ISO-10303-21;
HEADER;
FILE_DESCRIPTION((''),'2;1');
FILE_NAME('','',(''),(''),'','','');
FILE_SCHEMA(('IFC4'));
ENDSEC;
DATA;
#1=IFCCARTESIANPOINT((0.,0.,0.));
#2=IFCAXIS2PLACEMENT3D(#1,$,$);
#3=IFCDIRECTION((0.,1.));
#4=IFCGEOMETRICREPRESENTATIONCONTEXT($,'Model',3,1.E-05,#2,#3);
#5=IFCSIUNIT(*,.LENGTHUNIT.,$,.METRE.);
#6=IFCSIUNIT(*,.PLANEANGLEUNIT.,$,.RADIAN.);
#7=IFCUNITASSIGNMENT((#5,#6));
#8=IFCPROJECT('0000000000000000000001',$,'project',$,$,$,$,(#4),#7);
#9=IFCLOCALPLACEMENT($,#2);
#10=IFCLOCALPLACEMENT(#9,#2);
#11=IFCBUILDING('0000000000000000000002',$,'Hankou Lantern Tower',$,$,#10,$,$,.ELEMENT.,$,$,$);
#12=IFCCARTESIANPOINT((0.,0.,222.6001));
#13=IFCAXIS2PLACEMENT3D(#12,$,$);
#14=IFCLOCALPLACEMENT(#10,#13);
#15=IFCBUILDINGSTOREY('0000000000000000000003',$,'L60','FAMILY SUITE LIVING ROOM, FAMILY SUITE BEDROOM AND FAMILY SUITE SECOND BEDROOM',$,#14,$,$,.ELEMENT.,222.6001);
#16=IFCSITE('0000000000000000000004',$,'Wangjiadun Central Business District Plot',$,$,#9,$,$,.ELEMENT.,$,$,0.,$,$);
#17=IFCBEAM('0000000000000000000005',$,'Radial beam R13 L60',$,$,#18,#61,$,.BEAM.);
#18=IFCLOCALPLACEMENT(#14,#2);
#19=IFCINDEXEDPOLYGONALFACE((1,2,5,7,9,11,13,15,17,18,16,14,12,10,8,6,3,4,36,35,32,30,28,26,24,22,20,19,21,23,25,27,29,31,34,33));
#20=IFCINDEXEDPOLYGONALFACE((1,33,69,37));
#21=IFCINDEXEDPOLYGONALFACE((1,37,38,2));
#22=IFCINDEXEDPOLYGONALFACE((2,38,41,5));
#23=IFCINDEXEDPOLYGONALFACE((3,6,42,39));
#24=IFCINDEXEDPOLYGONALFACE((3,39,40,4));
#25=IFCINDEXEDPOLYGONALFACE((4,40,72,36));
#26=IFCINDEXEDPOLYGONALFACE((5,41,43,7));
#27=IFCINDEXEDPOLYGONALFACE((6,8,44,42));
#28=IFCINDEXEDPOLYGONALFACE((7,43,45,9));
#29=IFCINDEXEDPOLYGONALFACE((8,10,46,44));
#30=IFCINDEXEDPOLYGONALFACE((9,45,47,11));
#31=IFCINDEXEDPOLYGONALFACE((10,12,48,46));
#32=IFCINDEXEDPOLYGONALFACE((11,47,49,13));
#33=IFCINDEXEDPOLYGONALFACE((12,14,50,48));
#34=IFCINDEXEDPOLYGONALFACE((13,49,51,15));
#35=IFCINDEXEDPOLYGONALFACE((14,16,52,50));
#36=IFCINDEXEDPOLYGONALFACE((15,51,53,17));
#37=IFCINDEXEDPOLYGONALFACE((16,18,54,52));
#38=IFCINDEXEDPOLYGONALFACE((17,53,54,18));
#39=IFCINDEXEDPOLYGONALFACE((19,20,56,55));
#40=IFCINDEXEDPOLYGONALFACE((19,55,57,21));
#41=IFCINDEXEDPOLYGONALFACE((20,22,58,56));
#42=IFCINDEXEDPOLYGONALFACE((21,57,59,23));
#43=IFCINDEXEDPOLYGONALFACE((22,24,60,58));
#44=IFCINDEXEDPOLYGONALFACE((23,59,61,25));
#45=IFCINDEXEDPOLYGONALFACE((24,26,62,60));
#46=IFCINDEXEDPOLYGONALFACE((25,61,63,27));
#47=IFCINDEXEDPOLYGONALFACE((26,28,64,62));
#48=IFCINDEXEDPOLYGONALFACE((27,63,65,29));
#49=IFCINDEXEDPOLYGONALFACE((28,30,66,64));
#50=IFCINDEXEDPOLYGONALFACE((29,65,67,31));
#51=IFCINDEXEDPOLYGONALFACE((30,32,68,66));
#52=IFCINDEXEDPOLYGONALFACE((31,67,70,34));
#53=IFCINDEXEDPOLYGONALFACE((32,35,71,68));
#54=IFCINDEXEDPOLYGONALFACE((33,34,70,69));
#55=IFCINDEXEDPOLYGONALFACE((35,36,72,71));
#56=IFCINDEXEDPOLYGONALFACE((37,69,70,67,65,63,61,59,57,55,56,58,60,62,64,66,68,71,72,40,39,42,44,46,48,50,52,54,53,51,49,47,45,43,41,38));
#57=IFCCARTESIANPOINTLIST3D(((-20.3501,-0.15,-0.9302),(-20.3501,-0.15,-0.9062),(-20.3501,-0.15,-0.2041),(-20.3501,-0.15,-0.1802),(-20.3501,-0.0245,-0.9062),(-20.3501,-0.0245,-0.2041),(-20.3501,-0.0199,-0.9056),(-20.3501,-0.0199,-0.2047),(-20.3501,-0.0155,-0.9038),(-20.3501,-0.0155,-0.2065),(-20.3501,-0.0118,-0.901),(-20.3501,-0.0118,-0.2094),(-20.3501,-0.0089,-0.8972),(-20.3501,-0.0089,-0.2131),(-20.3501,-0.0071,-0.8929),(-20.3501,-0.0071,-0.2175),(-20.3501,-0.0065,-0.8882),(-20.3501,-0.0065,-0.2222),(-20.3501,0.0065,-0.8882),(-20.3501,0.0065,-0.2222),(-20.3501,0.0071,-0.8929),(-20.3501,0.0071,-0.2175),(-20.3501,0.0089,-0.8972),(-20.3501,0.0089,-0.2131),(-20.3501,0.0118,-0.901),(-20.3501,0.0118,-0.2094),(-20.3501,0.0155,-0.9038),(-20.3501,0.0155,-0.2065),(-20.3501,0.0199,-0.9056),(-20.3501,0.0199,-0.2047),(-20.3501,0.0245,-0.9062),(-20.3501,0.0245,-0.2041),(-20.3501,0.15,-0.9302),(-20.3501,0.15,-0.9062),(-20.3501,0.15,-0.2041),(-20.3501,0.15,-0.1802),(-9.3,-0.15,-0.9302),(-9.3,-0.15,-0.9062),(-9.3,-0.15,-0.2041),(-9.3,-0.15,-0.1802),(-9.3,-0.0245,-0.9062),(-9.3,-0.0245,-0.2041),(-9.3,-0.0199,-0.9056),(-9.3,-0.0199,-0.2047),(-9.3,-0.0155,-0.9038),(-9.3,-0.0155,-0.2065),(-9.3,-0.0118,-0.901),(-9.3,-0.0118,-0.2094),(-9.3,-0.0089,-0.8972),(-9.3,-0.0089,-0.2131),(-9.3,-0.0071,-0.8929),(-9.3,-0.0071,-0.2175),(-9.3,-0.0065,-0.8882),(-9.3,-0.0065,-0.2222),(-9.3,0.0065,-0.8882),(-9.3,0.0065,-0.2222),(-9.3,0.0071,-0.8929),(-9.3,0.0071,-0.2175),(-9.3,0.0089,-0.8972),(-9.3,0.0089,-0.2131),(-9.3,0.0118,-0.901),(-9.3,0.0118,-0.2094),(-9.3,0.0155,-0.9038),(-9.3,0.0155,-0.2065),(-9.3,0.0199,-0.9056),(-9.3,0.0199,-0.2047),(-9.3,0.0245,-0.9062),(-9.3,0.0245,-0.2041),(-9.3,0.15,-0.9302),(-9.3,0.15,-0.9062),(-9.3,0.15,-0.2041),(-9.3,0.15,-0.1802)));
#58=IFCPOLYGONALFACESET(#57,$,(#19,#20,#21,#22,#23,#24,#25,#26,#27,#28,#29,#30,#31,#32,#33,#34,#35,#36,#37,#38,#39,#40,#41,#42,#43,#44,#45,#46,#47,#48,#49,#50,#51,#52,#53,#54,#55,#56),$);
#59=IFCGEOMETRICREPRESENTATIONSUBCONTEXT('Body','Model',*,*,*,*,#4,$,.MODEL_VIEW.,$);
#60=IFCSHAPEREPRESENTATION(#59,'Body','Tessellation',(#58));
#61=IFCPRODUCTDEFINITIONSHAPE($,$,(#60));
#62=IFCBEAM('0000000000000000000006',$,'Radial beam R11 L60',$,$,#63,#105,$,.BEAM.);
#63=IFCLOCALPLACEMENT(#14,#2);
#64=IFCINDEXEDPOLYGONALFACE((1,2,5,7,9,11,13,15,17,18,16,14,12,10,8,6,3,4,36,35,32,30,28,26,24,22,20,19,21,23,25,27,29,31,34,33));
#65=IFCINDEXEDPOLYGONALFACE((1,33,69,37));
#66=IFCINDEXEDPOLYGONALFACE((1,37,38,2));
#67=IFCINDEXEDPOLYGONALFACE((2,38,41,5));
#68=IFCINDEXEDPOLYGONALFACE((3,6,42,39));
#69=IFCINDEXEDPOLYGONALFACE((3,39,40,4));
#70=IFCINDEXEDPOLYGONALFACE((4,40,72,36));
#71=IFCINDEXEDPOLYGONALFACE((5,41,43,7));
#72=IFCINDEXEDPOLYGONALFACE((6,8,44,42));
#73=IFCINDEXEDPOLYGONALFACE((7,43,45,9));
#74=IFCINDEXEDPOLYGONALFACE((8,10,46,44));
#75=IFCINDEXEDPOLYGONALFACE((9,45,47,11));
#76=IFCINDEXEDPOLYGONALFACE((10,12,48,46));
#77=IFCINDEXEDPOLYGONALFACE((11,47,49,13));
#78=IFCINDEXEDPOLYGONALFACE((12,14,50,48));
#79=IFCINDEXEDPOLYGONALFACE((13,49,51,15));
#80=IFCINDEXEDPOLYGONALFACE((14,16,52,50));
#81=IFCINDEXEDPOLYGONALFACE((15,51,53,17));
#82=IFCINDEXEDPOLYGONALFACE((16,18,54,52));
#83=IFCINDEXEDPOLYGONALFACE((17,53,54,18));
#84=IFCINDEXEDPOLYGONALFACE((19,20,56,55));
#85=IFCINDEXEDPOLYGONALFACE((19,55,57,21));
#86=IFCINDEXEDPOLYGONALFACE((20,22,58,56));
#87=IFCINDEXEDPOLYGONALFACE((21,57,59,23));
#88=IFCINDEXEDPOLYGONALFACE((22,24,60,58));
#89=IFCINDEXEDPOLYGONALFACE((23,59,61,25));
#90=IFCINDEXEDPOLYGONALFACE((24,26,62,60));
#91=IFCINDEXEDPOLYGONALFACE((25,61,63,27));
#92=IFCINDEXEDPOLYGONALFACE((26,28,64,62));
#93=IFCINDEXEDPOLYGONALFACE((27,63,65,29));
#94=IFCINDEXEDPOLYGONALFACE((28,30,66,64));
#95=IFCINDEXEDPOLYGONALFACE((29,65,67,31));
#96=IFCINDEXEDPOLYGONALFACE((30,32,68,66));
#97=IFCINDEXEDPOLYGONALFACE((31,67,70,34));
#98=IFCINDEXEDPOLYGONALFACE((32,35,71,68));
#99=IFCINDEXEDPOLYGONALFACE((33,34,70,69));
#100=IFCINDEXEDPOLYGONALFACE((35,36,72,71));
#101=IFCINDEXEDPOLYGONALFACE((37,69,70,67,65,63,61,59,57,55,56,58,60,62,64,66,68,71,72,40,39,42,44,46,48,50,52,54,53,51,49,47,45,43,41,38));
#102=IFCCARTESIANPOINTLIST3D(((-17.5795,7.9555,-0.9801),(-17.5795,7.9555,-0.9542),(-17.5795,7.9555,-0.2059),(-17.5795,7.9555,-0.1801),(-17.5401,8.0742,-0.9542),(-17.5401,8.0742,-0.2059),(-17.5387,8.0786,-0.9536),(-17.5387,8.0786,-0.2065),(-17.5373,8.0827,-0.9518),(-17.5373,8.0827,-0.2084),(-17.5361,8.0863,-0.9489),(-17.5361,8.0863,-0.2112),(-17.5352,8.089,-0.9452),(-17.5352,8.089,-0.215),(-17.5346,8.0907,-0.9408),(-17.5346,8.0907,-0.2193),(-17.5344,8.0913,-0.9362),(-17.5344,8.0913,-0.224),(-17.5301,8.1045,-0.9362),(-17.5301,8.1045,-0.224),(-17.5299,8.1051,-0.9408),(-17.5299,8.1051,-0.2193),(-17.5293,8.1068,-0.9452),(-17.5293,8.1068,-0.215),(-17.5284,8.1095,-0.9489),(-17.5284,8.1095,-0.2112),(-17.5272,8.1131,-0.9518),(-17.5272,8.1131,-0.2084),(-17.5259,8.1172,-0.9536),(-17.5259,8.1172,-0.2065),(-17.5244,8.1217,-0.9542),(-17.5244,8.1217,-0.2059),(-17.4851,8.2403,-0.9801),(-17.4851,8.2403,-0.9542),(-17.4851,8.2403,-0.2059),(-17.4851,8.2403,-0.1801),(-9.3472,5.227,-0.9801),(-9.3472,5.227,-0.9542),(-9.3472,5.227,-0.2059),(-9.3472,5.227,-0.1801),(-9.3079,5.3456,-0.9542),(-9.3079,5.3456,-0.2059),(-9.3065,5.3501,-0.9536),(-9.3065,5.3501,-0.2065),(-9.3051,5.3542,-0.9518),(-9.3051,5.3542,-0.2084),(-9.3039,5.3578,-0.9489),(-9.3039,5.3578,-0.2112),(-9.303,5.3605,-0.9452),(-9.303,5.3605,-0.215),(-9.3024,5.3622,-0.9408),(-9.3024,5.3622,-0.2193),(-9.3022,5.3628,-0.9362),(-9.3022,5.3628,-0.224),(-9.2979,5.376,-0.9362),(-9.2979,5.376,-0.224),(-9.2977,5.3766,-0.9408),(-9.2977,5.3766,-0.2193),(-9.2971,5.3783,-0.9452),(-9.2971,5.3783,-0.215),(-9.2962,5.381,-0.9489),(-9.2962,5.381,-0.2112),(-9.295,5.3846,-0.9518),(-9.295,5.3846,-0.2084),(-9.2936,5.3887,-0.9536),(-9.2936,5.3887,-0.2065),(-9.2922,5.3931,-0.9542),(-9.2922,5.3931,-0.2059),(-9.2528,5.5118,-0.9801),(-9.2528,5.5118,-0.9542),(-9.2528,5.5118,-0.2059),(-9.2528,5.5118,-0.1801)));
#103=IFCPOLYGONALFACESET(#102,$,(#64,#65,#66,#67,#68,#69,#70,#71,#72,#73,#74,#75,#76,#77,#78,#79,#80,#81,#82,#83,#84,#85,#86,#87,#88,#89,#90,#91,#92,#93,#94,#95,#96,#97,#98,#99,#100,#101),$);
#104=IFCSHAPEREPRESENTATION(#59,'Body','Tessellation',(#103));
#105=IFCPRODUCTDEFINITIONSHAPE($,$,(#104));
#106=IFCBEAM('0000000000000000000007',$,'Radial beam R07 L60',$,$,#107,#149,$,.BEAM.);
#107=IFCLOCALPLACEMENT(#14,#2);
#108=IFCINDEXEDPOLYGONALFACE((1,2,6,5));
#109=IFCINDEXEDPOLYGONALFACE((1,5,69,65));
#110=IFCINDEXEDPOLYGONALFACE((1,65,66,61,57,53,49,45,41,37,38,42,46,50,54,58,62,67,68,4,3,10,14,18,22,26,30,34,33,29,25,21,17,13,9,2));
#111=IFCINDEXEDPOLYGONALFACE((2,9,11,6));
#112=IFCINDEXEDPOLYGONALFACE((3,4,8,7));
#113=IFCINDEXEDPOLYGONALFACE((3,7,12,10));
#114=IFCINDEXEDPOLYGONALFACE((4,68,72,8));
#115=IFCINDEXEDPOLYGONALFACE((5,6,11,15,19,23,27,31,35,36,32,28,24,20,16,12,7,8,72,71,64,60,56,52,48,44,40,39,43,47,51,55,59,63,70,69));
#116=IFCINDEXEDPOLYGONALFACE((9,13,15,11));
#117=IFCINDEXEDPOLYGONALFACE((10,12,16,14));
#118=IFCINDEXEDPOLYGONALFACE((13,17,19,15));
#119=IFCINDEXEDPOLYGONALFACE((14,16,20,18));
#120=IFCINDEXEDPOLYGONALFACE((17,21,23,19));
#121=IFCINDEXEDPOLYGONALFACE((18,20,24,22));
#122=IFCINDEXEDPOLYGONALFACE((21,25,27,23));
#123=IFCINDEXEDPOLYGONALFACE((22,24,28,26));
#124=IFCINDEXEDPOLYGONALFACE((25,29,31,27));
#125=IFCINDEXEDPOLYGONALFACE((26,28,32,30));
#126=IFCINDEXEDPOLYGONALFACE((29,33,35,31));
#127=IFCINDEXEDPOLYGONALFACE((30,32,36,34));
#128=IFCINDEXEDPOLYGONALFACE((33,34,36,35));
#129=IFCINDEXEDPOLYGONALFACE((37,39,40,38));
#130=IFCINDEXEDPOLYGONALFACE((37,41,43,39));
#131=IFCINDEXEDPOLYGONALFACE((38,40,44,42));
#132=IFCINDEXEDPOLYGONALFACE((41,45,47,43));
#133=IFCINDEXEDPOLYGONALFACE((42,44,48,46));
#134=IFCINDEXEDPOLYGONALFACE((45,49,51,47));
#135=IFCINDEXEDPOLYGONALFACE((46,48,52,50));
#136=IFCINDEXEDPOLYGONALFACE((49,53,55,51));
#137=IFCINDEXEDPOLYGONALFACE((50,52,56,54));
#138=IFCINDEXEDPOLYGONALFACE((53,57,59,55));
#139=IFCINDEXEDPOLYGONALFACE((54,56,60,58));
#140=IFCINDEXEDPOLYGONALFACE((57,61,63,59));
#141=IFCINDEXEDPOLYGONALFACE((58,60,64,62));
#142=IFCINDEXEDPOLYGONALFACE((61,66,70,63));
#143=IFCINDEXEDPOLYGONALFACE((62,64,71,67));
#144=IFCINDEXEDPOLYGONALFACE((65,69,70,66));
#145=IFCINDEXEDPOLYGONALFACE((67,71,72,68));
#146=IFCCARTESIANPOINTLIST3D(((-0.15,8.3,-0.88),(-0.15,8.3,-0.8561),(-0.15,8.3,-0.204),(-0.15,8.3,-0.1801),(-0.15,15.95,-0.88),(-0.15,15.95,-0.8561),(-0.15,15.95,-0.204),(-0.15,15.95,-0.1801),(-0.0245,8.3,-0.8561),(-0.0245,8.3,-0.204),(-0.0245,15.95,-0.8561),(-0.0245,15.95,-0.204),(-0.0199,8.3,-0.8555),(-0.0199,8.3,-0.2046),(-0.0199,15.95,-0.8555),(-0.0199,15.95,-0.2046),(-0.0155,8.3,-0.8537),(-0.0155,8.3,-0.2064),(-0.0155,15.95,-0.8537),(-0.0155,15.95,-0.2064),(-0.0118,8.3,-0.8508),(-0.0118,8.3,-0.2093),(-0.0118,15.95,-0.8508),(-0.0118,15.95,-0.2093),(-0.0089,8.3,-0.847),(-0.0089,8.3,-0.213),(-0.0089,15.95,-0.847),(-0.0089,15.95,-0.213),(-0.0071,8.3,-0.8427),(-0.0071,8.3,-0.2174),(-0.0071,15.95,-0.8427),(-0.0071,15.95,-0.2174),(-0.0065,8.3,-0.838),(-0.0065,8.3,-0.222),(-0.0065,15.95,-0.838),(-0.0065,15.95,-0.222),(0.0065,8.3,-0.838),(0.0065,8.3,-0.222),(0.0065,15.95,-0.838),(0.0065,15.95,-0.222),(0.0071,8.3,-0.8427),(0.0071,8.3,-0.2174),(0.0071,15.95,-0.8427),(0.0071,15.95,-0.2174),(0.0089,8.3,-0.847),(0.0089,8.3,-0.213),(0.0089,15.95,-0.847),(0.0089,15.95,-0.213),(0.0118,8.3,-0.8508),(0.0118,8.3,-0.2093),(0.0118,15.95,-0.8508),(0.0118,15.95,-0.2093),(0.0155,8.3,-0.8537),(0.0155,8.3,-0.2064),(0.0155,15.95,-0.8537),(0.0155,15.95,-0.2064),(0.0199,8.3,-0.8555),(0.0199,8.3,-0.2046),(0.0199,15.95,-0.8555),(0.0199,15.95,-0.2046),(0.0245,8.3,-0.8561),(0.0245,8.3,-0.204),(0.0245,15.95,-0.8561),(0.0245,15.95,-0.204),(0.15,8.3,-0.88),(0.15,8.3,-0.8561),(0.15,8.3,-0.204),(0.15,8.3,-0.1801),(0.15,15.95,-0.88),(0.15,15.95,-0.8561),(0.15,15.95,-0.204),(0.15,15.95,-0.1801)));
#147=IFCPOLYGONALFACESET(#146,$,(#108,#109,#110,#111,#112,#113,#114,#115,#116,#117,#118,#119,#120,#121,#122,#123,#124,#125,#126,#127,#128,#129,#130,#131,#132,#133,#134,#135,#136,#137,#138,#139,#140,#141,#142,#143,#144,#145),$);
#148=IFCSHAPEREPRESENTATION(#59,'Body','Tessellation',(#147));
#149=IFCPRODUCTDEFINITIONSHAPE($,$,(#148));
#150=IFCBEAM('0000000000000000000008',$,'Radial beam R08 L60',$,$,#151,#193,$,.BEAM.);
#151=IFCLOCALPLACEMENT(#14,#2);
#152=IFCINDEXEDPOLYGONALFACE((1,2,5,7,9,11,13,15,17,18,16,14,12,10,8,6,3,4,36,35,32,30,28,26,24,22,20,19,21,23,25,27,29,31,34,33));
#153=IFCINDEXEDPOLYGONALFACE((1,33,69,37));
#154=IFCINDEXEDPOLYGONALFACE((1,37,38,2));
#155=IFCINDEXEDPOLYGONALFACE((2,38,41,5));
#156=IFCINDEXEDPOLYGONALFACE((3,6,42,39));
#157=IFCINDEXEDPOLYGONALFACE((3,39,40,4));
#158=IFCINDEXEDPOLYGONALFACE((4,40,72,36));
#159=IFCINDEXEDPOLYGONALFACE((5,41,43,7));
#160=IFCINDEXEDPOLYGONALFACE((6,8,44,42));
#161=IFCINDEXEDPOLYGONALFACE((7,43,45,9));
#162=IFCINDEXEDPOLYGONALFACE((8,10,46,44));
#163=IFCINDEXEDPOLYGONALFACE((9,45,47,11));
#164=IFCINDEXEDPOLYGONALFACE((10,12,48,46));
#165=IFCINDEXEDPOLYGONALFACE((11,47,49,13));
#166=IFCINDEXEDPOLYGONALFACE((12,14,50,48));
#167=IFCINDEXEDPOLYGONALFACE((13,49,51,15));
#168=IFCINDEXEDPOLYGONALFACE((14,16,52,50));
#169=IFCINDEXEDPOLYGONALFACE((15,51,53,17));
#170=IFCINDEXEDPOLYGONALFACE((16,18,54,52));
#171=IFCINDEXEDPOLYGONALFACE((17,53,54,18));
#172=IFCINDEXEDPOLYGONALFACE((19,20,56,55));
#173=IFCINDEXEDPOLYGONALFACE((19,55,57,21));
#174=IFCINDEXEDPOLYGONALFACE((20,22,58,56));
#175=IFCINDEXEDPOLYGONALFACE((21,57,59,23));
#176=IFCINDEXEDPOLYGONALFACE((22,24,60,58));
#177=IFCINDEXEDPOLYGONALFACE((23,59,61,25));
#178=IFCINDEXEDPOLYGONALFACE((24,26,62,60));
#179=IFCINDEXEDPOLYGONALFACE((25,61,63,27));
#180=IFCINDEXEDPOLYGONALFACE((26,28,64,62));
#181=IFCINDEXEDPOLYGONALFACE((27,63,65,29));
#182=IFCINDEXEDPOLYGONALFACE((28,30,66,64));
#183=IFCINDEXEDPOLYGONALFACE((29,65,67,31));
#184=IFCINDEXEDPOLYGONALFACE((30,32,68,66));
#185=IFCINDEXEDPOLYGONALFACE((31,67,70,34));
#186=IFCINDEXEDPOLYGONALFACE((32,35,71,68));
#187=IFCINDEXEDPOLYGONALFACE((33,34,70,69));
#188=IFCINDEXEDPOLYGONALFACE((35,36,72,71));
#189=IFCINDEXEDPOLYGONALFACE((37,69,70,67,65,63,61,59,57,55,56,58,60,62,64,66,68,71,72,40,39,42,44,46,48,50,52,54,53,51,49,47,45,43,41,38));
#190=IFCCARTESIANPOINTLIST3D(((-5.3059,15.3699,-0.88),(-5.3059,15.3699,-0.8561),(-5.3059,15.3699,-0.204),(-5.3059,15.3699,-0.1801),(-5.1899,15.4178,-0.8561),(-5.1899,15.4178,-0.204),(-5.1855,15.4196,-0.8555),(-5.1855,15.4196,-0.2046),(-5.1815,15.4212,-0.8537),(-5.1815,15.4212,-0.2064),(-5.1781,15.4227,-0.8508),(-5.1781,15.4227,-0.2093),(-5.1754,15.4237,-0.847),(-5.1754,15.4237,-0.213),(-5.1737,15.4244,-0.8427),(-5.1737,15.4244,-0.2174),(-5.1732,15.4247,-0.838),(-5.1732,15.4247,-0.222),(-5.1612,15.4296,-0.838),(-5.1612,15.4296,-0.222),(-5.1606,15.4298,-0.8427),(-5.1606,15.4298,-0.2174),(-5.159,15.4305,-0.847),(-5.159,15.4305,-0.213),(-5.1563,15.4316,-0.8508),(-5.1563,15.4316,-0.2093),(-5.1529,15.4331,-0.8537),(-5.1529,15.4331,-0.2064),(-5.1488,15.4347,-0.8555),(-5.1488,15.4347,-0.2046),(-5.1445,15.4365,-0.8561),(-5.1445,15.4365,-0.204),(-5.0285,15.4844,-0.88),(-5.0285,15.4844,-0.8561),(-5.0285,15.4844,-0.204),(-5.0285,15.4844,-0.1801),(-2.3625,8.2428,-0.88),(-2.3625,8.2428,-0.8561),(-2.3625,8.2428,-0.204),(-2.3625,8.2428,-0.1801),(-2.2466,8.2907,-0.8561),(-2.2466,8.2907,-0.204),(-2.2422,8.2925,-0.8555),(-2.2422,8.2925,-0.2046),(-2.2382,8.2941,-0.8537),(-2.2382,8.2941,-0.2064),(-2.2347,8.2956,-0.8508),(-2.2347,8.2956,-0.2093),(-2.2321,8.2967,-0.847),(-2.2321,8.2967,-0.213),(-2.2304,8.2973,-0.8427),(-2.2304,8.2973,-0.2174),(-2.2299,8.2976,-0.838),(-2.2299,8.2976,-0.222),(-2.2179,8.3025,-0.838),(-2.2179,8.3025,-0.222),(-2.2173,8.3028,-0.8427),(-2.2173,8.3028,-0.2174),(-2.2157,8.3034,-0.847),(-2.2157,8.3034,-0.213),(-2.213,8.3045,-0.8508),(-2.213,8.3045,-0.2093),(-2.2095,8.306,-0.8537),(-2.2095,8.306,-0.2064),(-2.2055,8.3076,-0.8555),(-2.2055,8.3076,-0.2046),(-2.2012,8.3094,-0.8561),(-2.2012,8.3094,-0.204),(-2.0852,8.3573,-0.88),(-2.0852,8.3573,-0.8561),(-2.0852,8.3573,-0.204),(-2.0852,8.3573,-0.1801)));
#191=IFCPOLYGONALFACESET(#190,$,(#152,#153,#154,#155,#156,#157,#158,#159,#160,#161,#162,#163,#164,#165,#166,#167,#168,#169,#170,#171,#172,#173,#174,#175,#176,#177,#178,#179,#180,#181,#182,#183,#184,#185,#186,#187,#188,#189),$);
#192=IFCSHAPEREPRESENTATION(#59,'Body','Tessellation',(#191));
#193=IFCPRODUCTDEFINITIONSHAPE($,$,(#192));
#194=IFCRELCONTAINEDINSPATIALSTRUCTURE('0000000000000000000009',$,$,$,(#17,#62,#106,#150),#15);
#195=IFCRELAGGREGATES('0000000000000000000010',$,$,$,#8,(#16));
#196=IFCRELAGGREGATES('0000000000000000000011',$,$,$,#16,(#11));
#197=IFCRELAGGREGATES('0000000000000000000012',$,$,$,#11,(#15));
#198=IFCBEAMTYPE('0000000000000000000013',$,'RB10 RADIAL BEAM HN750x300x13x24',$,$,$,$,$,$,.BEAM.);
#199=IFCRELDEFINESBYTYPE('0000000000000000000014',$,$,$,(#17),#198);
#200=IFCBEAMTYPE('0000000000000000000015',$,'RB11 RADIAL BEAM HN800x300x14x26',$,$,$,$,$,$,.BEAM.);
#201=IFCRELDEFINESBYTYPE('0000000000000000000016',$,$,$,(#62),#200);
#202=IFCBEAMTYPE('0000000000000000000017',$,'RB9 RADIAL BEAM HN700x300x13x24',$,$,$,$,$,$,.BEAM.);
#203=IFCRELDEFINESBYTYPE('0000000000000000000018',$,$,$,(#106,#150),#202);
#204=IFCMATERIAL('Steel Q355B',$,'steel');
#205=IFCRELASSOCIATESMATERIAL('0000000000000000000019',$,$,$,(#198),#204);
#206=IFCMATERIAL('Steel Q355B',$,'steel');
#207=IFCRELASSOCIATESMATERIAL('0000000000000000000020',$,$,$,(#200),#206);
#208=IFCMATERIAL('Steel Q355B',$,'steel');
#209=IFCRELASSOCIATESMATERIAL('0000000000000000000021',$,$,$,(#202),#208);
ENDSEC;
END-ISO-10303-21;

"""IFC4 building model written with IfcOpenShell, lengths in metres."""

from ifc_helpers import new_model, si_unit, direction, frame, origin, origin_2d, place, context, subcontext, project, spatial, i_section, extrude, material, material_profile, profile_set, type_object, element, save


model = new_model("IFC4")

# Units and contexts
model_context = context("Model", 3, precision=1e-05, world=origin(), true_north=direction((0.0, 1.0)))
body_context = subcontext(model_context, "Body", "Model", "MODEL_VIEW")
ifc_project = project(units=[si_unit("LENGTHUNIT", "METRE"), si_unit("PLANEANGLEUNIT", "RADIAN")], contexts=[model_context])

# Site, building, storey
site_placement = place(None, origin())
site = spatial("IfcSite", under=ifc_project, at=site_placement, Name="Wangjiadun Central Business District Plot", CompositionType="ELEMENT", RefElevation=0.0)
building_placement = place(site_placement, origin())
building = spatial("IfcBuilding", under=site, at=building_placement, Name="Hankou Lantern Tower", CompositionType="ELEMENT")
storey_placement = place(building_placement, frame((0.0, 0.0, 222.6001)))
storey = spatial("IfcBuildingStorey", under=building, at=storey_placement, Name="L60", Description="FAMILY SUITE LIVING ROOM, FAMILY SUITE BEDROOM AND FAMILY SUITE SECOND BEDROOM", CompositionType="ELEMENT", Elevation=222.6001)

# Beams
ifc_material_1 = material(Name="Steel Q355B", Category="steel")
ifc_material_profile_1 = material_profile(ifc_material_1, i_section(OverallWidth=0.3, OverallDepth=0.75, WebThickness=0.0129, FlangeThickness=0.0239, FilletRadius=0.0181, at=origin_2d()), Name="HN750x300x13x24")
ifc_profile_set_1 = profile_set([ifc_material_profile_1], Name="Steel Q355B")
beam_type_1 = type_object("IfcBeamType", Name="RB10 RADIAL BEAM HN750x300x13x24", PredefinedType="BEAM", material=ifc_profile_set_1)
beam_1_placement = place(storey_placement, frame((-9.3, 0.0, -0.5552), z_axis=(-1.0, 0.0, 0.0), x_axis=(0.0, -1.0, 0.0)))
element("IfcBeam", 1, at=beam_1_placement, inside=storey, type_object=beam_type_1, Name="Radial beam R13 L60", PredefinedType="BEAM", context=body_context, shape_type="SweptSolid", body=[
    extrude(i_section(OverallWidth=0.3, OverallDepth=0.75, WebThickness=0.0129, FlangeThickness=0.0239, FilletRadius=0.0181, at=origin_2d()), origin(), (0.0, 0.0, 1.0), 11.05),
])
ifc_material_2 = material(Name="Steel Q355B", Category="steel")
ifc_material_profile_2 = material_profile(ifc_material_2, i_section(OverallWidth=0.3, OverallDepth=0.8, WebThickness=0.0139, FlangeThickness=0.0259, FilletRadius=0.0181, at=origin_2d()), Name="HN800x300x14x26")
ifc_profile_set_2 = profile_set([ifc_material_profile_2], Name="Steel Q355B")
beam_type_2 = type_object("IfcBeamType", Name="RB11 RADIAL BEAM HN800x300x14x26", PredefinedType="BEAM", material=ifc_profile_set_2)
beam_2_placement = place(storey_placement, frame((-9.3, 5.3694, -0.5801), z_axis=(-0.94922, 0.314614, 0.0), x_axis=(-0.314614, -0.94922, 0.0)))
element("IfcBeam", 2, at=beam_2_placement, inside=storey, type_object=beam_type_2, Name="Radial beam R11 L60", PredefinedType="BEAM", context=body_context, shape_type="SweptSolid", body=[
    extrude(i_section(OverallWidth=0.3, OverallDepth=0.8, WebThickness=0.0139, FlangeThickness=0.0259, FilletRadius=0.0181, at=origin_2d()), origin(), (0.0, 0.0, 1.0), 8.6726),
])
ifc_material_3 = material(Name="Steel Q355B", Category="steel")
ifc_material_profile_3 = material_profile(ifc_material_3, i_section(OverallWidth=0.3, OverallDepth=0.7, WebThickness=0.0129, FlangeThickness=0.0239, FilletRadius=0.0181, at=origin_2d()), Name="HN700x300x13x24")
ifc_profile_set_3 = profile_set([ifc_material_profile_3], Name="Steel Q355B")
beam_type_3 = type_object("IfcBeamType", Name="RB9 RADIAL BEAM HN700x300x13x24", PredefinedType="BEAM", material=ifc_profile_set_3)
beam_3_placement = place(storey_placement, frame((0.0, 8.3, -0.53), z_axis=(0.0, 1.0, 0.0), x_axis=(-1.0, 0.0, 0.0)))
element("IfcBeam", 3, at=beam_3_placement, inside=storey, type_object=beam_type_3, Name="Radial beam R07 L60", PredefinedType="BEAM", context=body_context, shape_type="SweptSolid", body=[
    extrude(i_section(OverallWidth=0.3, OverallDepth=0.7, WebThickness=0.0129, FlangeThickness=0.0239, FilletRadius=0.0181, at=origin_2d()), origin(), (0.0, 0.0, 1.0), 7.6499),
])
beam_4_placement = place(storey_placement, frame((-2.2239, 8.3, -0.53), z_axis=(-0.381707, 0.924284, 0.0), x_axis=(-0.924284, -0.381707, 0.0)))
element("IfcBeam", 4, at=beam_4_placement, inside=storey, type_object=beam_type_3, Name="Radial beam R08 L60", PredefinedType="BEAM", context=body_context, shape_type="SweptSolid", body=[
    extrude(i_section(OverallWidth=0.3, OverallDepth=0.7, WebThickness=0.0129, FlangeThickness=0.0239, FilletRadius=0.0181, at=origin_2d()), origin(), (0.0, 0.0, 1.0), 7.7109),
])

save(model, "model.ifc")
